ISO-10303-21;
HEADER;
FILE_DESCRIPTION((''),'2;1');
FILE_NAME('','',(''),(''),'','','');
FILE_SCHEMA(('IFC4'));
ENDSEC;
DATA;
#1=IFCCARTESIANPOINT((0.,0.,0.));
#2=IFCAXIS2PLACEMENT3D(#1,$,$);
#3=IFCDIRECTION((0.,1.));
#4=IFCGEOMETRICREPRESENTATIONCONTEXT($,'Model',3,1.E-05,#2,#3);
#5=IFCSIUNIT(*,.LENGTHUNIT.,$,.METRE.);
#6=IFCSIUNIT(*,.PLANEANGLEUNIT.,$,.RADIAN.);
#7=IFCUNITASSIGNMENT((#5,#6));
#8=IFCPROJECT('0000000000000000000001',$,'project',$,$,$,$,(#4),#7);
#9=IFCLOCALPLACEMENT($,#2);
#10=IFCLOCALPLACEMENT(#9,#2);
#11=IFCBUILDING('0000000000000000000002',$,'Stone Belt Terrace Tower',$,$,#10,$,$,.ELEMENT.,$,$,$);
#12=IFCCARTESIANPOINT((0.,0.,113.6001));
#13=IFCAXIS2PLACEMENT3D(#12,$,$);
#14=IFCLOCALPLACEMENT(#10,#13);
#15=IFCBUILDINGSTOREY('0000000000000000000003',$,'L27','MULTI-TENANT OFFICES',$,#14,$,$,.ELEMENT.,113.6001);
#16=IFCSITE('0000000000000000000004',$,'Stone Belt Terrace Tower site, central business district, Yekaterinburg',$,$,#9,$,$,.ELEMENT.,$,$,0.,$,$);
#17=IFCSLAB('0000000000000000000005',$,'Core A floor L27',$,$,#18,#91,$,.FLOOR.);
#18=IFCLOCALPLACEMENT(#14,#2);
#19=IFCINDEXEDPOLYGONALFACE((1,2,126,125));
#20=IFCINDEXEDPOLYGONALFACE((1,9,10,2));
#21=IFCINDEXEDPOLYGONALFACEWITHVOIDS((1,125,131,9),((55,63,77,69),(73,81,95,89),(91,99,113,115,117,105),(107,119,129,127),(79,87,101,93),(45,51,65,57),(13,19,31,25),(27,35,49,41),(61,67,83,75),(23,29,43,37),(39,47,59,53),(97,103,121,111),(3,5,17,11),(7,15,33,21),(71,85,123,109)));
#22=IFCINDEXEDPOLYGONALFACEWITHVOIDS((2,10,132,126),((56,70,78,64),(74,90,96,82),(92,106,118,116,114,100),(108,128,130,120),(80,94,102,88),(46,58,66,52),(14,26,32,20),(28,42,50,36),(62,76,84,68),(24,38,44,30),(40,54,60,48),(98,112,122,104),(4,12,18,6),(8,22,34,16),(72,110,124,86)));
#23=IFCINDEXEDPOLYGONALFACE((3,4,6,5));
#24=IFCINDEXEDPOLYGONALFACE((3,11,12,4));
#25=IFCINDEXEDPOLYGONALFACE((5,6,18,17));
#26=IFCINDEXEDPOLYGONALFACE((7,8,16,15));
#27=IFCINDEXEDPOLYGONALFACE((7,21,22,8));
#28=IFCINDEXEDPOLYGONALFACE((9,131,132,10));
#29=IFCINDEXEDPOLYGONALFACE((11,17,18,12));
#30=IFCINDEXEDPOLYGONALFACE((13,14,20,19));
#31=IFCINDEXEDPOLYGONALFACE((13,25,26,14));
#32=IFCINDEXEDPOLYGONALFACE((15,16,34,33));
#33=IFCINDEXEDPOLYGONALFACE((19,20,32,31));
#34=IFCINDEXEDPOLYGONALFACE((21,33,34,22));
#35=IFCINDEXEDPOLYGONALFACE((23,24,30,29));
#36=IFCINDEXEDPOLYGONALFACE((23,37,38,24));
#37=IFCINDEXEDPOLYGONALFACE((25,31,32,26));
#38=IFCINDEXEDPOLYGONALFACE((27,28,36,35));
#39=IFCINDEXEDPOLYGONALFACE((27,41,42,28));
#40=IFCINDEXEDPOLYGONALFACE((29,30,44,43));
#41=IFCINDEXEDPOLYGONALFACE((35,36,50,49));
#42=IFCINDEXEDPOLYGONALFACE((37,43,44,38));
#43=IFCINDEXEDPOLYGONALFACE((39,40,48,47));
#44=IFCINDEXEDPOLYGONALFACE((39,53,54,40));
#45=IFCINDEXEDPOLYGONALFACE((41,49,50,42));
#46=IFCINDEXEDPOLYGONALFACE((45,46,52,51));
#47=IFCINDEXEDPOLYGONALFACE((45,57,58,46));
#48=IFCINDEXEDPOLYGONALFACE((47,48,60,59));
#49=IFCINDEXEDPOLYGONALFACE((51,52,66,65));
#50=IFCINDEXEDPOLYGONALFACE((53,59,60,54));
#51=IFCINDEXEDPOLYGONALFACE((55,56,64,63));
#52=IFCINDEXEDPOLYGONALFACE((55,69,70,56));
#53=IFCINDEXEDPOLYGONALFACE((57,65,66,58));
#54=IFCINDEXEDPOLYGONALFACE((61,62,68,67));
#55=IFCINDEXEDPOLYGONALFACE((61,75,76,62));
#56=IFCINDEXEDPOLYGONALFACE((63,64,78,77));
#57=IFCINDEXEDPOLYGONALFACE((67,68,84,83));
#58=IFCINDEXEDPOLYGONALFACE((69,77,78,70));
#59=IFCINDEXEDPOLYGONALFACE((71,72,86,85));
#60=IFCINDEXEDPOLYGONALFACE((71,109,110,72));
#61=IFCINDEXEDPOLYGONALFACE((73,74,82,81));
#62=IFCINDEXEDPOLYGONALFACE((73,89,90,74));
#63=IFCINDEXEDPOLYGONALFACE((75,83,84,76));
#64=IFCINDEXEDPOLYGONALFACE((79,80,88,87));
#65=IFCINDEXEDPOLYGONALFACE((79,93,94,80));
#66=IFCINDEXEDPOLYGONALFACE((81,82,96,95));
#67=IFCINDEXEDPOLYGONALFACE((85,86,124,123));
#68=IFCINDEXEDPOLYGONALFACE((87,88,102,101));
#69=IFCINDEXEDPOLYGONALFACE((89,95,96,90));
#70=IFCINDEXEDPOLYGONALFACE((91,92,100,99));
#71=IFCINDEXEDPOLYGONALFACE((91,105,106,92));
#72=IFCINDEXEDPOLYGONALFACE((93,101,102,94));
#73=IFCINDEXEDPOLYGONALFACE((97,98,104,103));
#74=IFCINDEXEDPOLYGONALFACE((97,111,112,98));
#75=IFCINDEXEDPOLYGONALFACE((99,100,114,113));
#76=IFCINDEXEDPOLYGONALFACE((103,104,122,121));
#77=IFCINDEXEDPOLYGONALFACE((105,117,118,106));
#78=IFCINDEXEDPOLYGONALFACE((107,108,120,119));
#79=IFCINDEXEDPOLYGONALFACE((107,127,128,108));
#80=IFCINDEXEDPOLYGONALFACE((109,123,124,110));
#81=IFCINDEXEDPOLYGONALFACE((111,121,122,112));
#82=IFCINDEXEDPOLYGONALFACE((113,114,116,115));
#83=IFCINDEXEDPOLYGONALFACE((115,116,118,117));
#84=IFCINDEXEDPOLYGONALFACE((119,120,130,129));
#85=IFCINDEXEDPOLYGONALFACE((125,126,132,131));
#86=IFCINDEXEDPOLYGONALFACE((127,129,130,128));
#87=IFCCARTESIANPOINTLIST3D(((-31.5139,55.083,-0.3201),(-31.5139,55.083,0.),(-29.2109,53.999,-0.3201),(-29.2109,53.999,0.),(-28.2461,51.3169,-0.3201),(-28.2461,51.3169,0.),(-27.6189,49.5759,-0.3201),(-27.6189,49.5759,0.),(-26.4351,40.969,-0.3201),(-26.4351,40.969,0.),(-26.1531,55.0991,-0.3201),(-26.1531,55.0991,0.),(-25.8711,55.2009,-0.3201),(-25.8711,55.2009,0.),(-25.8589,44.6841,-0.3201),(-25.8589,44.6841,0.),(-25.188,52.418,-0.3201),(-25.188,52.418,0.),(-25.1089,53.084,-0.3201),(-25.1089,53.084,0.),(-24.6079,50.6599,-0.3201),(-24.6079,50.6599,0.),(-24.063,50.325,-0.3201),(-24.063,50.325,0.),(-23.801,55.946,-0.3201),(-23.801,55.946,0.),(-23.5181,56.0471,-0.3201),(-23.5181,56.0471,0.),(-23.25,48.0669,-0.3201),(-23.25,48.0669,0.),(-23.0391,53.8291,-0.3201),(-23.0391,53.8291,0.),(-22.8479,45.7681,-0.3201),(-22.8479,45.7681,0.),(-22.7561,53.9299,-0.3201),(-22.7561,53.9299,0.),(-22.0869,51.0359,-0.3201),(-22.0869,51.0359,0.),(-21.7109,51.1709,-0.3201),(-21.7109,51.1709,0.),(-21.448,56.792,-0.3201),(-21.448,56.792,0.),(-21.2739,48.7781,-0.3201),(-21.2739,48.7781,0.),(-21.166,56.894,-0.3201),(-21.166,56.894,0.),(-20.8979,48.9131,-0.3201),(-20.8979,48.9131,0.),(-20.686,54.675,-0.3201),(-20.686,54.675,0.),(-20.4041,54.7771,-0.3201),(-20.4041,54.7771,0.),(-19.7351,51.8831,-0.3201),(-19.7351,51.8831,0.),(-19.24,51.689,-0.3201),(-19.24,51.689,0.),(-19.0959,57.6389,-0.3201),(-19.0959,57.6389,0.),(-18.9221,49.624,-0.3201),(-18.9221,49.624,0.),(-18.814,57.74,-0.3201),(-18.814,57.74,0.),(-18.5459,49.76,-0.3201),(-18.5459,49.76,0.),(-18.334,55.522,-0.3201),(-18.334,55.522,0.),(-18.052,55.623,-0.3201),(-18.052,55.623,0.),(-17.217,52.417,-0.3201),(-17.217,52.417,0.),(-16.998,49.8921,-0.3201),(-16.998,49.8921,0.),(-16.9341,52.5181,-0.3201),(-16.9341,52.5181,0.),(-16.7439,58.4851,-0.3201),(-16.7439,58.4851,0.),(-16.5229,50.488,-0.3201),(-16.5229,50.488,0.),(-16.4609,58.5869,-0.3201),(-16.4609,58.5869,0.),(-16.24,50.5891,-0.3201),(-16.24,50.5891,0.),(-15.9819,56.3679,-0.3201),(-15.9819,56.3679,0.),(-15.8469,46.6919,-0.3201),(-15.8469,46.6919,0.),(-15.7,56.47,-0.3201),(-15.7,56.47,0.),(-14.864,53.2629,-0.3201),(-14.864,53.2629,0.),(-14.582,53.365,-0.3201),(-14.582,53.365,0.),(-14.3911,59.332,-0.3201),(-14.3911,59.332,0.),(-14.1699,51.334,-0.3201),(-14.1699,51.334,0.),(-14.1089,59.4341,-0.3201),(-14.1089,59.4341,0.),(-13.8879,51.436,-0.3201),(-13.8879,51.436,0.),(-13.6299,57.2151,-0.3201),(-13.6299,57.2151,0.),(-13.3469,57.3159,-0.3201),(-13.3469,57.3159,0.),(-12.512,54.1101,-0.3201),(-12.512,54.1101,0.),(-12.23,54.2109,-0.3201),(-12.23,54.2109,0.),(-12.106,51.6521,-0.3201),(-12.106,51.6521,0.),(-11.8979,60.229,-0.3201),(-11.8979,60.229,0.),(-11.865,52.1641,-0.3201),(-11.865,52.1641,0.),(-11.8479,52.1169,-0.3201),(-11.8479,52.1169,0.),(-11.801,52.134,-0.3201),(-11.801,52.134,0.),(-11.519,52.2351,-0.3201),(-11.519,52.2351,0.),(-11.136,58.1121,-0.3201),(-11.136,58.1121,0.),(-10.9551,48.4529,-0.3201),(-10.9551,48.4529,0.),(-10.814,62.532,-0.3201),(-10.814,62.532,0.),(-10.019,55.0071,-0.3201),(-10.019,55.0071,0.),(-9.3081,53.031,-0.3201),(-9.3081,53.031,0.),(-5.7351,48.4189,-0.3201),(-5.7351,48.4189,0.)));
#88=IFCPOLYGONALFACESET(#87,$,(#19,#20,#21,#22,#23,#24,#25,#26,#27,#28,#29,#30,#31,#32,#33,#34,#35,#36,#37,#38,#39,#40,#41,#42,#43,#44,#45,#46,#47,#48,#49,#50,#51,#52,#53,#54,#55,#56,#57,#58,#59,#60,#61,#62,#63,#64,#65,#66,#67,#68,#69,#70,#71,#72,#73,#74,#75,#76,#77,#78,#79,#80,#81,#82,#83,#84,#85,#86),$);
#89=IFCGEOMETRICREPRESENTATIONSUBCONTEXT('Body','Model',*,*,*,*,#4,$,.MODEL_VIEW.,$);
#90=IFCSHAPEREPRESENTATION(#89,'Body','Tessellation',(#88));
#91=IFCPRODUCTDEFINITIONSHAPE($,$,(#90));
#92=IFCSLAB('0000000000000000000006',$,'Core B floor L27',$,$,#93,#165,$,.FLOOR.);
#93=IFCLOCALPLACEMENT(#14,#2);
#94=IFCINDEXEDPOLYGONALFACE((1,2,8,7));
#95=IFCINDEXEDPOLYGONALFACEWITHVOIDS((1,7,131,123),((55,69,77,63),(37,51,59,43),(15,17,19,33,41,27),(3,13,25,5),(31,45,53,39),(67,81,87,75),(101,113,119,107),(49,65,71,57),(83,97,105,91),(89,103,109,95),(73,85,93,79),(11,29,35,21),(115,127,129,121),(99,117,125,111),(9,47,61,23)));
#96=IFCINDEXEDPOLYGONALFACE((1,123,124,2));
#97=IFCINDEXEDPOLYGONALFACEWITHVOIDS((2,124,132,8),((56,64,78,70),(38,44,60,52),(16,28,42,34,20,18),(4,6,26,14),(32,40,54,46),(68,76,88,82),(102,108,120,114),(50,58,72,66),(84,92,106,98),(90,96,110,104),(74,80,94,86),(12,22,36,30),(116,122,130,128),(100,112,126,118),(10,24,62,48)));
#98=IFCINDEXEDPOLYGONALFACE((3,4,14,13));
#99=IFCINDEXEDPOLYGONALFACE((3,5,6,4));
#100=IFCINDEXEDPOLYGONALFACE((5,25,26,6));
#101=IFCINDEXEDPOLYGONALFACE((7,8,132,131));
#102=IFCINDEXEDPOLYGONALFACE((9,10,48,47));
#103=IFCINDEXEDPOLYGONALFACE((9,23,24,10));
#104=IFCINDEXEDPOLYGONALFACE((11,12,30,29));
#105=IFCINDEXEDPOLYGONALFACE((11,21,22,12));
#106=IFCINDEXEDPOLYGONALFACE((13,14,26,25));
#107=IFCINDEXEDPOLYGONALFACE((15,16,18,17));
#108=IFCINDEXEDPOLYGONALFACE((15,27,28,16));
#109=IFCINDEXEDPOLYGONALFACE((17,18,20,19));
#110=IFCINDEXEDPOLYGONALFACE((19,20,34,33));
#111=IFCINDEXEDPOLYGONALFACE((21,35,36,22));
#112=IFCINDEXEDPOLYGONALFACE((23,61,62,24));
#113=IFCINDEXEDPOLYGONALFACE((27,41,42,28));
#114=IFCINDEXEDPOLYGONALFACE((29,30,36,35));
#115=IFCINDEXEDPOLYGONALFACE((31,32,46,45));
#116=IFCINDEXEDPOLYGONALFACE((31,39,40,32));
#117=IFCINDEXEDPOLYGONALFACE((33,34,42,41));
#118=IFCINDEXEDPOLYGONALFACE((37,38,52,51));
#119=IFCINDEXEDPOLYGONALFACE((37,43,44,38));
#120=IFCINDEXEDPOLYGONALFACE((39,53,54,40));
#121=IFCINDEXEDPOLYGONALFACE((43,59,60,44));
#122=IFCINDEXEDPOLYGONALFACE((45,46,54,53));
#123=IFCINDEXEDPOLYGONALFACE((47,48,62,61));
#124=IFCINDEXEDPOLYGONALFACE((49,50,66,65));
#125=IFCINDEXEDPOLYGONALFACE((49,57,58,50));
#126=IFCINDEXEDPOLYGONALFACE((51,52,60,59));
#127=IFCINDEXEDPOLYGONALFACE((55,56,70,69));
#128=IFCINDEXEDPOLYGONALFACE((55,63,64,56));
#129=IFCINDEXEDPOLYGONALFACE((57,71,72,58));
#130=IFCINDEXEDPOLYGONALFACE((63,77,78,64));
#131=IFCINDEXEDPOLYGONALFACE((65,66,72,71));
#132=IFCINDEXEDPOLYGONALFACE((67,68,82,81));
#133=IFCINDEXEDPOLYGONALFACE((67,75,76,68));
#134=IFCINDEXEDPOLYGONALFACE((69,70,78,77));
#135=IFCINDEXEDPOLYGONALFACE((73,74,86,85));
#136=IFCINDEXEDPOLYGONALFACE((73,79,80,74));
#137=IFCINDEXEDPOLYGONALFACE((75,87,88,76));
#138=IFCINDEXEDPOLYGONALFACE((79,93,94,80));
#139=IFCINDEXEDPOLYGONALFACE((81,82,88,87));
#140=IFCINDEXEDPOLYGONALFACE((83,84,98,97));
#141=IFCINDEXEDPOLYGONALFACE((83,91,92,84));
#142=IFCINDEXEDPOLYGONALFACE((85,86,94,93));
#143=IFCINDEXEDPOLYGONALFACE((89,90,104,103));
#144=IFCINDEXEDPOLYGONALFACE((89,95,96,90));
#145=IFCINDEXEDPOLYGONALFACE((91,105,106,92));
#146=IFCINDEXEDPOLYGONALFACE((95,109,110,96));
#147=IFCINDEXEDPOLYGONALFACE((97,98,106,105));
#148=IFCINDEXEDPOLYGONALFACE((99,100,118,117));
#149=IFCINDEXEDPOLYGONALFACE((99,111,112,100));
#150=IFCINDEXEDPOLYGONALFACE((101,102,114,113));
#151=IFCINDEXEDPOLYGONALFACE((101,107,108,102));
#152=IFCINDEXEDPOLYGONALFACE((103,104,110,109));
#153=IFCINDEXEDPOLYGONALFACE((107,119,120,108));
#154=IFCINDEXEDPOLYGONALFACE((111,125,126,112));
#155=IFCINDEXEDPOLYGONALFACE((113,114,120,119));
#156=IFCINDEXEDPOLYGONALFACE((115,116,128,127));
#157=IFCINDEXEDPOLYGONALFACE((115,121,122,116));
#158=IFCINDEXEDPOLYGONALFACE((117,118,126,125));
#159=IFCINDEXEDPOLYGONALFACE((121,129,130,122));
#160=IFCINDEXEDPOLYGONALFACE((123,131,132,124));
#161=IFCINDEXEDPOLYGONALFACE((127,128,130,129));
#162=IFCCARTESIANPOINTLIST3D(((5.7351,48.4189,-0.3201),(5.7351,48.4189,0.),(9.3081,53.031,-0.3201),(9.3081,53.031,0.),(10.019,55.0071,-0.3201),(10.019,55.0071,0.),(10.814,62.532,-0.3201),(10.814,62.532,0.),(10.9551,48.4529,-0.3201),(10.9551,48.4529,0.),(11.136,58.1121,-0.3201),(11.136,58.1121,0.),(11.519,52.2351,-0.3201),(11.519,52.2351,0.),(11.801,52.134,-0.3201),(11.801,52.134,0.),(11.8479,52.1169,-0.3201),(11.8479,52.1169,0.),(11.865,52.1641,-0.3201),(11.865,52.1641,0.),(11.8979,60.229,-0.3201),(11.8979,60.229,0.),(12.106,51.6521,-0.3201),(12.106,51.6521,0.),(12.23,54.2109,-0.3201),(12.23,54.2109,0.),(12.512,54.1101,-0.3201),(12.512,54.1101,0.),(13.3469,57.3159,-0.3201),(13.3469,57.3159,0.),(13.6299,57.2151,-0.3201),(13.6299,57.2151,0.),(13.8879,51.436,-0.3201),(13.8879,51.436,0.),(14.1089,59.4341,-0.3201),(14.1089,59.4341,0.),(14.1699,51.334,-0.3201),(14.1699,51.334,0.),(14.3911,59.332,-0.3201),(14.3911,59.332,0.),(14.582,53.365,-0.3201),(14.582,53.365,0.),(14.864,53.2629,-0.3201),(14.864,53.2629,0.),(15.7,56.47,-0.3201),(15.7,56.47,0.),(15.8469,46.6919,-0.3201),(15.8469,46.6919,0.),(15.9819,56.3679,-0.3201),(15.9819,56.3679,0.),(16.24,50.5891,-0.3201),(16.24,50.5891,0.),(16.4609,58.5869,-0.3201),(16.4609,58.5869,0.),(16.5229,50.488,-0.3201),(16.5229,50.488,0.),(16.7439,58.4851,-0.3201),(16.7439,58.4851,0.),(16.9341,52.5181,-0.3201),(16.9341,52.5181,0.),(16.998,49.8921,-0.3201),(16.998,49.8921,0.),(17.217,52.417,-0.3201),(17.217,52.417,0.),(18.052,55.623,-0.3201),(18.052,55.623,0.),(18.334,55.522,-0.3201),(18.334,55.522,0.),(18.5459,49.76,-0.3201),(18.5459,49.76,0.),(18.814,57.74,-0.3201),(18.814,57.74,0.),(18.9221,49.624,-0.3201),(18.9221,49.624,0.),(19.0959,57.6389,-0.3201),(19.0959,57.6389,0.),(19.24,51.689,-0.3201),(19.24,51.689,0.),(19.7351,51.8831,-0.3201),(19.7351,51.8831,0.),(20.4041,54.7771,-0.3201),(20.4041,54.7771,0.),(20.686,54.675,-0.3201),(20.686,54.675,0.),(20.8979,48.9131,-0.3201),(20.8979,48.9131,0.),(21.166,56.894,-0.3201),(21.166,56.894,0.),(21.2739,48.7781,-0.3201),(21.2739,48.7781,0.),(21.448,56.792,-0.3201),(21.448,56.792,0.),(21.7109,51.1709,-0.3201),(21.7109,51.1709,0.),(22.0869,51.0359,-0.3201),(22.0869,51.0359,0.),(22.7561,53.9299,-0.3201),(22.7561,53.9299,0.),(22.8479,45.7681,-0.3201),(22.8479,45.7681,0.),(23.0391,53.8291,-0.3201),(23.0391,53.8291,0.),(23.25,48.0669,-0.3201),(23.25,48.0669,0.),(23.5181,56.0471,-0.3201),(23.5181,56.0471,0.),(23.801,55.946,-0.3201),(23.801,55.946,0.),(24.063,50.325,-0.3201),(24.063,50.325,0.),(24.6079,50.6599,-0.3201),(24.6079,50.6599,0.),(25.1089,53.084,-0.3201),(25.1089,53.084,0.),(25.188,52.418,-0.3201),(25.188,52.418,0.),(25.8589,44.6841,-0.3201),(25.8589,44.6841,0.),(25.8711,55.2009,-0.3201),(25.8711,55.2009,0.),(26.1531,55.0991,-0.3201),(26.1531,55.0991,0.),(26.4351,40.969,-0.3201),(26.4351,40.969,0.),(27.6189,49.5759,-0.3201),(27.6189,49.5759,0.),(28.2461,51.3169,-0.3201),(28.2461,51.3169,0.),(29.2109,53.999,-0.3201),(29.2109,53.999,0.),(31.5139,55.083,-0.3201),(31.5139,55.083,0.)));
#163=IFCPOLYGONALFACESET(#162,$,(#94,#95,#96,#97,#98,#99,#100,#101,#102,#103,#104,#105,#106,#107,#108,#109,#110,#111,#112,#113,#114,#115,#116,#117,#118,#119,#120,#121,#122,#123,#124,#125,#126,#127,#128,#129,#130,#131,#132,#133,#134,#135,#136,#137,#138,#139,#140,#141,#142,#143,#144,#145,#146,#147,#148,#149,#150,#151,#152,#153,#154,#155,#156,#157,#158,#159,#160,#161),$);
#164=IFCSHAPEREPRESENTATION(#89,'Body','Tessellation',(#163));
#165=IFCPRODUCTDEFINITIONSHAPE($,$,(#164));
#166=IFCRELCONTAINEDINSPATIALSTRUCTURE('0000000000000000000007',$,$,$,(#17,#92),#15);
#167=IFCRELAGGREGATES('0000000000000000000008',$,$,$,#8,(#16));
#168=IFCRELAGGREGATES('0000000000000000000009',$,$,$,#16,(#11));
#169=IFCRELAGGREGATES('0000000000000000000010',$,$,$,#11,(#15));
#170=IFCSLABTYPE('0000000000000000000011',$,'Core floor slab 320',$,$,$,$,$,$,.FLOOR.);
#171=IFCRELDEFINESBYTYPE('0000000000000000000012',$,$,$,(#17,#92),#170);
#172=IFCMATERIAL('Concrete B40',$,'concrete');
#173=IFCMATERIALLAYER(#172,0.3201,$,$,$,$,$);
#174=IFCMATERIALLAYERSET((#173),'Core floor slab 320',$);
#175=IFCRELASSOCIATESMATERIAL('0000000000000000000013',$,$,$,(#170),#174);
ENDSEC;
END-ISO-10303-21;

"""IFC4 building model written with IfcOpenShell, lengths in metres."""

from ifc_helpers import new_model, si_unit, direction, frame, origin, place, context, subcontext, project, spatial, polyline, outline, extrude, material, layer, layer_set, type_object, element, save


model = new_model("IFC4")

# Units and contexts
model_context = context("Model", 3, precision=1e-05, world=origin(), true_north=direction((0.0, 1.0)))
body_context = subcontext(model_context, "Body", "Model", "MODEL_VIEW")
ifc_project = project(units=[si_unit("LENGTHUNIT", "METRE"), si_unit("PLANEANGLEUNIT", "RADIAN")], contexts=[model_context])

# Site, building, storey
site_placement = place(None, origin())
site = spatial("IfcSite", under=ifc_project, at=site_placement, Name="Stone Belt Terrace Tower site, central business district, Yekaterinburg", CompositionType="ELEMENT", RefElevation=0.0)
building_placement = place(site_placement, origin())
building = spatial("IfcBuilding", under=site, at=building_placement, Name="Stone Belt Terrace Tower", CompositionType="ELEMENT")
storey_placement = place(building_placement, frame((0.0, 0.0, 113.6001)))
storey = spatial("IfcBuildingStorey", under=building, at=storey_placement, Name="L27", Description="MULTI-TENANT OFFICES", CompositionType="ELEMENT", Elevation=113.6001)

# Slabs
ifc_material_1 = material(Name="Concrete B40", Category="concrete")
ifc_layer_1 = layer(ifc_material_1, 0.3201)
ifc_layer_set_1 = layer_set([ifc_layer_1], Name="Core floor slab 320")
slab_type_1 = type_object("IfcSlabType", Name="Core floor slab 320", PredefinedType="FLOOR", material=ifc_layer_set_1)
slab_1_placement = place(storey_placement, frame((0.0, 0.0, -0.3201)))
element("IfcSlab", 1, at=slab_1_placement, inside=storey, type_object=slab_type_1, Name="Core A floor L27", PredefinedType="FLOOR", context=body_context, shape_type="SweptSolid", body=[
    extrude(outline(polyline([(-26.4351, 40.969), (-5.7351, 48.4189), (-10.814, 62.532), (-31.5139, 55.083), (-26.4351, 40.969)]), holes=[polyline([(-24.6079, 50.6599), (-22.8479, 45.7681), (-25.8589, 44.6841), (-27.6189, 49.5759), (-24.6079, 50.6599)]), polyline([(-21.2739, 48.7781), (-23.25, 48.0669), (-24.063, 50.325), (-22.0869, 51.0359), (-21.2739, 48.7781)]), polyline([(-18.9221, 49.624), (-20.8979, 48.9131), (-21.7109, 51.1709), (-19.7351, 51.8831), (-18.9221, 49.624)]), polyline([(-19.24, 51.689), (-17.217, 52.417), (-16.5229, 50.488), (-18.5459, 49.76), (-19.24, 51.689)]), polyline([(-29.2109, 53.999), (-26.1531, 55.0991), (-25.188, 52.418), (-28.2461, 51.3169), (-29.2109, 53.999)]), polyline([(-23.801, 55.946), (-23.0391, 53.8291), (-25.1089, 53.084), (-25.8711, 55.2009), (-23.801, 55.946)]), polyline([(-21.448, 56.792), (-20.686, 54.675), (-22.7561, 53.9299), (-23.5181, 56.0471), (-21.448, 56.792)]), polyline([(-19.0959, 57.6389), (-18.334, 55.522), (-20.4041, 54.7771), (-21.166, 56.894), (-19.0959, 57.6389)]), polyline([(-15.8469, 46.6919), (-16.998, 49.8921), (-12.106, 51.6521), (-10.9551, 48.4529), (-15.8469, 46.6919)]), polyline([(-16.24, 50.5891), (-16.9341, 52.5181), (-14.864, 53.2629), (-14.1699, 51.334), (-16.24, 50.5891)]), polyline([(-11.801, 52.134), (-11.8479, 52.1169), (-11.865, 52.1641), (-13.8879, 51.436), (-14.582, 53.365), (-12.512, 54.1101), (-11.801, 52.134)]), polyline([(-9.3081, 53.031), (-11.519, 52.2351), (-12.23, 54.2109), (-10.019, 55.0071), (-9.3081, 53.031)]), polyline([(-16.7439, 58.4851), (-15.9819, 56.3679), (-18.052, 55.623), (-18.814, 57.74), (-16.7439, 58.4851)]), polyline([(-14.3911, 59.332), (-13.6299, 57.2151), (-15.7, 56.47), (-16.4609, 58.5869), (-14.3911, 59.332)]), polyline([(-11.8979, 60.229), (-11.136, 58.1121), (-13.3469, 57.3159), (-14.1089, 59.4341), (-11.8979, 60.229)])]), origin(), (0.0, 0.0, 1.0), 0.3201),
])
slab_2_placement = place(storey_placement, frame((0.0, 0.0, -0.3201)))
element("IfcSlab", 2, at=slab_2_placement, inside=storey, type_object=slab_type_1, Name="Core B floor L27", PredefinedType="FLOOR", context=body_context, shape_type="SweptSolid", body=[
    extrude(outline(polyline([(26.4351, 40.969), (31.5139, 55.083), (10.814, 62.532), (5.7351, 48.4189), (26.4351, 40.969)]), holes=[polyline([(12.106, 51.6521), (16.998, 49.8921), (15.8469, 46.6919), (10.9551, 48.4529), (12.106, 51.6521)]), polyline([(19.24, 51.689), (18.5459, 49.76), (16.5229, 50.488), (17.217, 52.417), (19.24, 51.689)]), polyline([(16.24, 50.5891), (14.1699, 51.334), (14.864, 53.2629), (16.9341, 52.5181), (16.24, 50.5891)]), polyline([(14.582, 53.365), (13.8879, 51.436), (11.865, 52.1641), (11.8479, 52.1169), (11.801, 52.134), (12.512, 54.1101), (14.582, 53.365)]), polyline([(9.3081, 53.031), (10.019, 55.0071), (12.23, 54.2109), (11.519, 52.2351), (9.3081, 53.031)]), polyline([(16.7439, 58.4851), (18.814, 57.74), (18.052, 55.623), (15.9819, 56.3679), (16.7439, 58.4851)]), polyline([(14.3911, 59.332), (16.4609, 58.5869), (15.7, 56.47), (13.6299, 57.2151), (14.3911, 59.332)]), polyline([(11.8979, 60.229), (14.1089, 59.4341), (13.3469, 57.3159), (11.136, 58.1121), (11.8979, 60.229)]), polyline([(25.8589, 44.6841), (22.8479, 45.7681), (24.6079, 50.6599), (27.6189, 49.5759), (25.8589, 44.6841)]), polyline([(21.2739, 48.7781), (22.0869, 51.0359), (24.063, 50.325), (23.25, 48.0669), (21.2739, 48.7781)]), polyline([(18.9221, 49.624), (19.7351, 51.8831), (21.7109, 51.1709), (20.8979, 48.9131), (18.9221, 49.624)]), polyline([(29.2109, 53.999), (28.2461, 51.3169), (25.188, 52.418), (26.1531, 55.0991), (29.2109, 53.999)]), polyline([(23.801, 55.946), (25.8711, 55.2009), (25.1089, 53.084), (23.0391, 53.8291), (23.801, 55.946)]), polyline([(21.448, 56.792), (23.5181, 56.0471), (22.7561, 53.9299), (20.686, 54.675), (21.448, 56.792)]), polyline([(19.0959, 57.6389), (21.166, 56.894), (20.4041, 54.7771), (18.334, 55.522), (19.0959, 57.6389)])]), origin(), (0.0, 0.0, 1.0), 0.3201),
])

save(model, "model.ifc")
